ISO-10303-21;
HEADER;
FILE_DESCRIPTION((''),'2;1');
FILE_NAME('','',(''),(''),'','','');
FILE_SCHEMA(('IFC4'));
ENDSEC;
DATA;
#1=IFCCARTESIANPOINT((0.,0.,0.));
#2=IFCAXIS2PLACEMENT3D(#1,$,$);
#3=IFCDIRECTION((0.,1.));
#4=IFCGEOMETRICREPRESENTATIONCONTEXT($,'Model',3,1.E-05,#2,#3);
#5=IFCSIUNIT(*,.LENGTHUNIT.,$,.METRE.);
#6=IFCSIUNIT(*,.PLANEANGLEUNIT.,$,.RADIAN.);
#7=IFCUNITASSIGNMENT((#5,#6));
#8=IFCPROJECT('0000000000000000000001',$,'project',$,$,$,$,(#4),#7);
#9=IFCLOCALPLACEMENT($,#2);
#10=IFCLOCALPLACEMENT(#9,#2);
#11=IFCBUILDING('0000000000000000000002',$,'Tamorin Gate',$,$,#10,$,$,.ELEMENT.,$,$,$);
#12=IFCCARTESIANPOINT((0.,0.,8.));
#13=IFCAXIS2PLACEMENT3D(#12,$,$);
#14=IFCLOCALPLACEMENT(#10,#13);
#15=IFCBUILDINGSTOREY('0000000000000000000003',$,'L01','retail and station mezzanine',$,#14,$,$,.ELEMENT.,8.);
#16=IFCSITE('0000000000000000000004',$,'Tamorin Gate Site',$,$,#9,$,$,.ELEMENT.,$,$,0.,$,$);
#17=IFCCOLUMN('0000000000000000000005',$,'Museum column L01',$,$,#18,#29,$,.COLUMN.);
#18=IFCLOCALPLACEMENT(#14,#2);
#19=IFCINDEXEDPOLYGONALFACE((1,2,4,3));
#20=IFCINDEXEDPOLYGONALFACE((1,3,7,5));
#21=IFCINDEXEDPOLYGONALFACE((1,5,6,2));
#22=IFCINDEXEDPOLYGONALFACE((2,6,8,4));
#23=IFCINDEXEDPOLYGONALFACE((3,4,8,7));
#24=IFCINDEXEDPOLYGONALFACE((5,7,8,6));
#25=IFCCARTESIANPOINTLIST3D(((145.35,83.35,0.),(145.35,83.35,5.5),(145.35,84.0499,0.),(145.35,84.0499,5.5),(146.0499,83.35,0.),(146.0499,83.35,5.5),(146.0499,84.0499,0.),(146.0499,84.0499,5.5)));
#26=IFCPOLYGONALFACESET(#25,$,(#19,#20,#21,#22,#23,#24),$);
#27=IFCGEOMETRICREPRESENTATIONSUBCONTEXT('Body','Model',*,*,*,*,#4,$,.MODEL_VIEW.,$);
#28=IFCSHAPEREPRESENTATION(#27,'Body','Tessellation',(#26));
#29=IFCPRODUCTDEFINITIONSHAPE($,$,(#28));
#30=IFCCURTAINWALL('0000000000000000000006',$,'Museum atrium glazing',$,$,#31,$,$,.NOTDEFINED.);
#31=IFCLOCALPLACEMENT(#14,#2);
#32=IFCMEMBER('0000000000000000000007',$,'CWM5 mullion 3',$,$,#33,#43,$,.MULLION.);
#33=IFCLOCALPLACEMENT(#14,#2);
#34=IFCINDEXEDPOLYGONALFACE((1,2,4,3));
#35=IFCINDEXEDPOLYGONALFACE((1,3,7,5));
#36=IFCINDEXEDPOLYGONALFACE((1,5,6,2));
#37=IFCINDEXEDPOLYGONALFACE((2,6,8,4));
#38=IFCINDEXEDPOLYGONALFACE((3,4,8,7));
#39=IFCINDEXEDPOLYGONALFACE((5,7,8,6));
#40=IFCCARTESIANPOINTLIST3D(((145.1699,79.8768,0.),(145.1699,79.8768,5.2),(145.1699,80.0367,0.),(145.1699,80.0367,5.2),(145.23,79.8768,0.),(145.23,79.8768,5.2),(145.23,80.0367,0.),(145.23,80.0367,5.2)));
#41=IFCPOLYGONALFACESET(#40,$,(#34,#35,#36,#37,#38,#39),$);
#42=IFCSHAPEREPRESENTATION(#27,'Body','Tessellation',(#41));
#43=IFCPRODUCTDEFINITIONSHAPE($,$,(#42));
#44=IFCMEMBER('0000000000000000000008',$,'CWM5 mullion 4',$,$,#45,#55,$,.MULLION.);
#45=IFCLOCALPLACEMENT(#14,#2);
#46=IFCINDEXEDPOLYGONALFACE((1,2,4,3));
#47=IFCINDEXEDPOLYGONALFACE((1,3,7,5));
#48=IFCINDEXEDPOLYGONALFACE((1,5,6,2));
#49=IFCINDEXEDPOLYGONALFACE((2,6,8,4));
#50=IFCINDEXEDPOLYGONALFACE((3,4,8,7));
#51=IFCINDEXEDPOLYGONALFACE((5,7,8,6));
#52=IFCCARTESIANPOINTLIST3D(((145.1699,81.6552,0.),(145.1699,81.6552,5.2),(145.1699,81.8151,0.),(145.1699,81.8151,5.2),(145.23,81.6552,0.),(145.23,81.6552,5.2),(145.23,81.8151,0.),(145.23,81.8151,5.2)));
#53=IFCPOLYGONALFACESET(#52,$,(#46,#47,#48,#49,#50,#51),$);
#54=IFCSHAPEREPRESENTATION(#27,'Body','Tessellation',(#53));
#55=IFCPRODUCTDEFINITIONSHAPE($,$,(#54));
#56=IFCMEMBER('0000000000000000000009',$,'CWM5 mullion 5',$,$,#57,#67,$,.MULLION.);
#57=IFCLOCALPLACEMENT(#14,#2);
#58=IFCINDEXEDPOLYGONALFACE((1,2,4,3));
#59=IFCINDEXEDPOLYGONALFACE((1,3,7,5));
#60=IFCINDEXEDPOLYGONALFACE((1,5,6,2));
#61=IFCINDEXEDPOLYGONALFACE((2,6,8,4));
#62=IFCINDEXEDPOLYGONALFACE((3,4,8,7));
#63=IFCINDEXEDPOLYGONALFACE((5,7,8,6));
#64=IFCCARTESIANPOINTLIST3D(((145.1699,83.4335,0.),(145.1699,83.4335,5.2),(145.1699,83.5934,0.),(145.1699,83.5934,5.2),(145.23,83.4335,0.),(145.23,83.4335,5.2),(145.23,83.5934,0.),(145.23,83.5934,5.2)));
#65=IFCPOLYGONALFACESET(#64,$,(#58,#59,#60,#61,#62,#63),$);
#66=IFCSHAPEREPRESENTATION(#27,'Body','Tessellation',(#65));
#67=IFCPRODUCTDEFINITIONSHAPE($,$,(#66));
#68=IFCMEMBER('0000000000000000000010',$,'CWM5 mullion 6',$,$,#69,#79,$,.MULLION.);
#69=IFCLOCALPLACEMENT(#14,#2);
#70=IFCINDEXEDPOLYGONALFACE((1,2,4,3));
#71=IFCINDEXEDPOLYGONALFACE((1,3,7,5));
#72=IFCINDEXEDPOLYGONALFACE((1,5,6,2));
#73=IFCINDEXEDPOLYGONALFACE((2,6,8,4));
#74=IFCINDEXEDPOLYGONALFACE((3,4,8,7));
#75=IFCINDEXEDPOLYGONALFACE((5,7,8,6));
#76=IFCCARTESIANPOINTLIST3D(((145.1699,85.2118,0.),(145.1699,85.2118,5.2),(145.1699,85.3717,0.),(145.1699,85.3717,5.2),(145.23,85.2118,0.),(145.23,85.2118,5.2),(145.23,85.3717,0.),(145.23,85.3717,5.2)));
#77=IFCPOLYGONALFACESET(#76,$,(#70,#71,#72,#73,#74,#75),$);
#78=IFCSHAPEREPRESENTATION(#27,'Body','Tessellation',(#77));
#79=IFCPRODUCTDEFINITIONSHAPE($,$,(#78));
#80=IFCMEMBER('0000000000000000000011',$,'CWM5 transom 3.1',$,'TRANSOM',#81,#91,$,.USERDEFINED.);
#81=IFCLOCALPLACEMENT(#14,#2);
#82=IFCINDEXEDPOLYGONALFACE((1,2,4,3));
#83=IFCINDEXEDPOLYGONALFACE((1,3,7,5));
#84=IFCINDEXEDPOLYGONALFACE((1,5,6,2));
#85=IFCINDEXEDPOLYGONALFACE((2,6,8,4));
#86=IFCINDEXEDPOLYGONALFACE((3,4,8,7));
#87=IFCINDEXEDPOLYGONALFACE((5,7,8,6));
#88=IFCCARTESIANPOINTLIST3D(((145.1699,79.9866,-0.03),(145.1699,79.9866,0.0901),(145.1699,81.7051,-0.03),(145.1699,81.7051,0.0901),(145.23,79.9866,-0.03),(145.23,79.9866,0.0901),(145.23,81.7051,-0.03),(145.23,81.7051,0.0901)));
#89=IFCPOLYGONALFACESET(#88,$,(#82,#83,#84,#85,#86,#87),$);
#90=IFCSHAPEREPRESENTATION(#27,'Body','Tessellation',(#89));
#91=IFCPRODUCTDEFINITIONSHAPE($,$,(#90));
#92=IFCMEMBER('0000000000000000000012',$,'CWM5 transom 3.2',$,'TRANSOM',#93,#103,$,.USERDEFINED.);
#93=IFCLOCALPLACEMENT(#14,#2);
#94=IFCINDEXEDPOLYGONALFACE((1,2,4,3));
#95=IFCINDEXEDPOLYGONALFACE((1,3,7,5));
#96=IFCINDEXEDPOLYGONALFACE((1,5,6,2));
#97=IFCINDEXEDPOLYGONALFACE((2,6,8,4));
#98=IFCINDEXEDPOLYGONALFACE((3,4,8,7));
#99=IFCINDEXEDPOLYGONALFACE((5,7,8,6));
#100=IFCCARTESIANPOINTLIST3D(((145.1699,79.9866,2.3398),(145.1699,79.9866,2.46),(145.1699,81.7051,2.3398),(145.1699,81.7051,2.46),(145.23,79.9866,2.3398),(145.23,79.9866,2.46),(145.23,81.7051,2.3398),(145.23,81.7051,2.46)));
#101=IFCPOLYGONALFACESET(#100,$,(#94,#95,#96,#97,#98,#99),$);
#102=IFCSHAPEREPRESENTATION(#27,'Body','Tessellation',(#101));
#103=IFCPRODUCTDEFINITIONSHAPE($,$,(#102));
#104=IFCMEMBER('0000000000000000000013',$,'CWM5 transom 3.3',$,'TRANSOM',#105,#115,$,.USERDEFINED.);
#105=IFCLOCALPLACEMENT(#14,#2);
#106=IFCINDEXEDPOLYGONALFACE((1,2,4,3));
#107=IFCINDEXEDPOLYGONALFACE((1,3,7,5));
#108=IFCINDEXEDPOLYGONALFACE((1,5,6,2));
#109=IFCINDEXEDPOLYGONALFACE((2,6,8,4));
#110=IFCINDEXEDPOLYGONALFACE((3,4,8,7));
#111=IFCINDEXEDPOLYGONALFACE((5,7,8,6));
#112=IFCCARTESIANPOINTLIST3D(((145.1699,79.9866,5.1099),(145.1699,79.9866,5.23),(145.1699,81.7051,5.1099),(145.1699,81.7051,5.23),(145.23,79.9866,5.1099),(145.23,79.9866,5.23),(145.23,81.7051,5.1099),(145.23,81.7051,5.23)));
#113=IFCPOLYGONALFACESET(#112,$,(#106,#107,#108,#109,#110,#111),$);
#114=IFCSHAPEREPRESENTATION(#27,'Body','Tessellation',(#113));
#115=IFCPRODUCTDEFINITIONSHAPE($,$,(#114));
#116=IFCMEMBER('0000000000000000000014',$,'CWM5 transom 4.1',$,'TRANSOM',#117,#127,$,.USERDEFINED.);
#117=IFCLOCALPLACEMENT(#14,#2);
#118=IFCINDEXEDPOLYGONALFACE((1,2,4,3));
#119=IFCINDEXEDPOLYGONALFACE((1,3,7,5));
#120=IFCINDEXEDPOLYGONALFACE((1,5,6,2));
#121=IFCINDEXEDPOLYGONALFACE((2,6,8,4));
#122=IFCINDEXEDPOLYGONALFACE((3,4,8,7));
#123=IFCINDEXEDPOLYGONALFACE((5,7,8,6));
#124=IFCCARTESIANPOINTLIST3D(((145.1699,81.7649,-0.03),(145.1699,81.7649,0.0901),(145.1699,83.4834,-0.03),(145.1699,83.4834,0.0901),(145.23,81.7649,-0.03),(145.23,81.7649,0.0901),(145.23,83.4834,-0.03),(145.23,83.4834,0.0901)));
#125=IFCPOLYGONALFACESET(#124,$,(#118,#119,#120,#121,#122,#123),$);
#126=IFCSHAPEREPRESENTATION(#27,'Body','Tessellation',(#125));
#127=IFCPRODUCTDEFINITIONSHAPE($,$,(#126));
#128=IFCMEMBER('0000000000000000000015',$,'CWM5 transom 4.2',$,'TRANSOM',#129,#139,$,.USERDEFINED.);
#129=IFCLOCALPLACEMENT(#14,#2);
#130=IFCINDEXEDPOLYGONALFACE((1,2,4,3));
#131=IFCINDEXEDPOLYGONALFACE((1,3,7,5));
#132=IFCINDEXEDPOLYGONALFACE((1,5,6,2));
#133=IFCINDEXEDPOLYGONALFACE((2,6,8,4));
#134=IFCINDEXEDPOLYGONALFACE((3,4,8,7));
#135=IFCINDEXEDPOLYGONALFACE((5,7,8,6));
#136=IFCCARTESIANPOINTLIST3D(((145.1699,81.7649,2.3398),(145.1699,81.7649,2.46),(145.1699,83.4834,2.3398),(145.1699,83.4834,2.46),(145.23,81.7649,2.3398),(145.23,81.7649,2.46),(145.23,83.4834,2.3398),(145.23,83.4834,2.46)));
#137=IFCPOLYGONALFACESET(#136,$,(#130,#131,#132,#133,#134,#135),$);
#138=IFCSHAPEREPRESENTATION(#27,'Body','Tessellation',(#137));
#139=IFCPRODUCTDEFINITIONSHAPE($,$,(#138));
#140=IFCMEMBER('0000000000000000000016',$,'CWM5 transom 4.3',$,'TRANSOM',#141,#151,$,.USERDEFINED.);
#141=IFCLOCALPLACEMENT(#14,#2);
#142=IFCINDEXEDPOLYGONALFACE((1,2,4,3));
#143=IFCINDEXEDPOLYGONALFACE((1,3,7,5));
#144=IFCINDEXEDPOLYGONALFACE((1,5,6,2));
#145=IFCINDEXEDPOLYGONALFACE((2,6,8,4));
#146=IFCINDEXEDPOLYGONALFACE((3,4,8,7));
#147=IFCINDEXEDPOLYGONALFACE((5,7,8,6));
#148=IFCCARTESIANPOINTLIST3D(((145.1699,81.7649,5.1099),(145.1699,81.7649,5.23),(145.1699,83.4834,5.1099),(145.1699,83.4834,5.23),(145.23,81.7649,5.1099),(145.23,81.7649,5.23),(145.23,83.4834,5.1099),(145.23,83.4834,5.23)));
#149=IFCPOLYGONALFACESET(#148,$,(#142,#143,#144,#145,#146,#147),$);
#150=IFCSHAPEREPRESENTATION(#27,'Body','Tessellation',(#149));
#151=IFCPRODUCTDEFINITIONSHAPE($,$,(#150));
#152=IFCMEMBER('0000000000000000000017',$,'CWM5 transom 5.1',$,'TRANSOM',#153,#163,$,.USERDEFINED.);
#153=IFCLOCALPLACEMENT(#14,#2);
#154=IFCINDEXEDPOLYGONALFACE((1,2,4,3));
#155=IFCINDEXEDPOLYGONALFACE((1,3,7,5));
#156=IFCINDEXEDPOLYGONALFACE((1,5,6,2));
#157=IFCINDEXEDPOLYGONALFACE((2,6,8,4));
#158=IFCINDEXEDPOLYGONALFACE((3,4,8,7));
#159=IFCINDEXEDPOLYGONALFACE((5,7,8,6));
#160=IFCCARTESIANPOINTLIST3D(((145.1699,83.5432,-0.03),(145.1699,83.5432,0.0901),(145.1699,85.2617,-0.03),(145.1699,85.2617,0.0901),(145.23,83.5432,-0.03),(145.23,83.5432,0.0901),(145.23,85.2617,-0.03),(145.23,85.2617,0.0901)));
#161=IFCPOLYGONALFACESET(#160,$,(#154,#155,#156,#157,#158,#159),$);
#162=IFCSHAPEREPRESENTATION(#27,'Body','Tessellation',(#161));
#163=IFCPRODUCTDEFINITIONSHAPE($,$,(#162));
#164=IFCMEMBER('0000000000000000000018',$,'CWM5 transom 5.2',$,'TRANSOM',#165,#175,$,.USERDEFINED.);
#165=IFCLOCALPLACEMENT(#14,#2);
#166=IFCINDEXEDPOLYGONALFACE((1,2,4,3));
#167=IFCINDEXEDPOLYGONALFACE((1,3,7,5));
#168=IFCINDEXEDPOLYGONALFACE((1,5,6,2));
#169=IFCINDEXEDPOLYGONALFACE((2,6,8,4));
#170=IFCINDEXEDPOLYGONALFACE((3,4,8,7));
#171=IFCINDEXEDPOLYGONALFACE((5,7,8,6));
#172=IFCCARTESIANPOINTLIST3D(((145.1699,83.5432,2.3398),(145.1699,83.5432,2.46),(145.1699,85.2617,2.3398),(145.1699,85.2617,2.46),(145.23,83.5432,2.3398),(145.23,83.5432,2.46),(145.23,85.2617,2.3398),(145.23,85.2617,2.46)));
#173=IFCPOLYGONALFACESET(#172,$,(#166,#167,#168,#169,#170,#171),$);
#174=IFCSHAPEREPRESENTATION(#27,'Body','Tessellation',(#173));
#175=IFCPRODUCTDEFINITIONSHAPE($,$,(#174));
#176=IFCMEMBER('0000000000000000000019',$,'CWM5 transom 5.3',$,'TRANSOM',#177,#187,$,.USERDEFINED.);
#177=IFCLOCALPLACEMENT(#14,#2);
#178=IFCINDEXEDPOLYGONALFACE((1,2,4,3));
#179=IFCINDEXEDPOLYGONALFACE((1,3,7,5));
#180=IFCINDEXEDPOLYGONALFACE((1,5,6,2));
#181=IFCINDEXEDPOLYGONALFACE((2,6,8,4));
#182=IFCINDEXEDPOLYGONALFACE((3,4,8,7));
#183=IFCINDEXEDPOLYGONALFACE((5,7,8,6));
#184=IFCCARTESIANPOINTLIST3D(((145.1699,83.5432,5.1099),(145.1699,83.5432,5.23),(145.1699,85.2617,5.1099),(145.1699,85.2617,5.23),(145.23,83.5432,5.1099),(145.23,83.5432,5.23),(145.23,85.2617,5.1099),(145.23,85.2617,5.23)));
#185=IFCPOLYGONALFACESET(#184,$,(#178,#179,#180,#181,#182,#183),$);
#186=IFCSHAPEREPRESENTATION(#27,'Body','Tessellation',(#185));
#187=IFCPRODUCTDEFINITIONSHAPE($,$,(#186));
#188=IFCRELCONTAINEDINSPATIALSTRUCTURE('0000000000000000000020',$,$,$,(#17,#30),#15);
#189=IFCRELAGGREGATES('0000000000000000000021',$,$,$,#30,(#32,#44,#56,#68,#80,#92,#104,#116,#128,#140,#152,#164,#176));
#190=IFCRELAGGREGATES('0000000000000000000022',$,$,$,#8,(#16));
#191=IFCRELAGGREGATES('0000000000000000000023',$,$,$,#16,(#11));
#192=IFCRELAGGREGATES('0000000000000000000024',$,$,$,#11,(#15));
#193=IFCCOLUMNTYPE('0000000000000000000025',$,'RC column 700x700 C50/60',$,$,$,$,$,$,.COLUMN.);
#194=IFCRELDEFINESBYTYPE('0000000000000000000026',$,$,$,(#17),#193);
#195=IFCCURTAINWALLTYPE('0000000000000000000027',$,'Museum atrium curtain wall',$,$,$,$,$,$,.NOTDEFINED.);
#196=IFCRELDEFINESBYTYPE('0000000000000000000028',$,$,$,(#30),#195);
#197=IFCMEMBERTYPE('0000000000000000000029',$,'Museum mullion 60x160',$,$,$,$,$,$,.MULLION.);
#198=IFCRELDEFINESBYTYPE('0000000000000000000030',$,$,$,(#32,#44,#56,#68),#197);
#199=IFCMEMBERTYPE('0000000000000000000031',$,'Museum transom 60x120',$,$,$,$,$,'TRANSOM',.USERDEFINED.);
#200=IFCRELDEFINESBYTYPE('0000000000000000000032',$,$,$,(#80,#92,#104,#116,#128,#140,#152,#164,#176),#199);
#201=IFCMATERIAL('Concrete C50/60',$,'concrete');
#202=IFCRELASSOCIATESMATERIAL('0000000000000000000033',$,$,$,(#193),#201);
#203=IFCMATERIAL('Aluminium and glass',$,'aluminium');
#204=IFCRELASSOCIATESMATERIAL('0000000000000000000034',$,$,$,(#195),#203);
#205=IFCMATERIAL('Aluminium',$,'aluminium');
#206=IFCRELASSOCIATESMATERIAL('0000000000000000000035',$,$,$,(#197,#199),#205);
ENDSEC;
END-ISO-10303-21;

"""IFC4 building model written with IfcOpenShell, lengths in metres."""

from ifc_helpers import new_model, si_unit, direction, frame, origin, origin_2d, place, context, subcontext, project, spatial, rectangle, extrude, material, material_profile, profile_set, type_object, element, aggregate, save


model = new_model("IFC4")

# Units and contexts
model_context = context("Model", 3, precision=1e-05, world=origin(), true_north=direction((0.0, 1.0)))
body_context = subcontext(model_context, "Body", "Model", "MODEL_VIEW")
ifc_project = project(units=[si_unit("LENGTHUNIT", "METRE"), si_unit("PLANEANGLEUNIT", "RADIAN")], contexts=[model_context])

# Site, building, storey
site_placement = place(None, origin())
site = spatial("IfcSite", under=ifc_project, at=site_placement, Name="Tamorin Gate Site", CompositionType="ELEMENT", RefElevation=0.0)
building_placement = place(site_placement, origin())
building = spatial("IfcBuilding", under=site, at=building_placement, Name="Tamorin Gate", CompositionType="ELEMENT")
storey_placement = place(building_placement, frame((0.0, 0.0, 8.0)))
storey = spatial("IfcBuildingStorey", under=building, at=storey_placement, Name="L01", Description="retail and station mezzanine", CompositionType="ELEMENT", Elevation=8.0)

# Column
ifc_material_1 = material(Name="Concrete C50/60", Category="concrete")
ifc_material_profile_1 = material_profile(ifc_material_1, rectangle(XDim=0.7, YDim=0.7, at=origin_2d()), Name="RC 700x700")
ifc_profile_set_1 = profile_set([ifc_material_profile_1], Name="Concrete C50/60")
column_type = type_object("IfcColumnType", Name="RC column 700x700 C50/60", PredefinedType="COLUMN", material=ifc_profile_set_1)
column_placement = place(storey_placement, frame((145.7, 83.7, 0.0), z_axis=(0.0, 0.0, 1.0), x_axis=(1.0, 0.0, 0.0)))
element("IfcColumn", 1, at=column_placement, inside=storey, type_object=column_type, Name="Museum column L01", PredefinedType="COLUMN", context=body_context, shape_type="SweptSolid", body=[
    extrude(rectangle(XDim=0.7, YDim=0.7, at=origin_2d()), origin(), (0.0, 0.0, 1.0), 5.5),
])

# Curtain wall, members
ifc_material_2 = material(Name="Aluminium and glass", Category="aluminium")
curtain_wall_type = type_object("IfcCurtainWallType", Name="Museum atrium curtain wall", PredefinedType="NOTDEFINED", material=ifc_material_2)
curtain_wall_placement = place(storey_placement, origin())
curtain_wall = element("IfcCurtainWall", 2, at=curtain_wall_placement, inside=storey, type_object=curtain_wall_type, Name="Museum atrium glazing", PredefinedType="NOTDEFINED")
ifc_material_3 = material(Name="Aluminium", Category="aluminium")
ifc_material_profile_2 = material_profile(ifc_material_3, rectangle(XDim=0.0601, YDim=0.1599, at=origin_2d()), Name="RECT 60x160")
ifc_profile_set_2 = profile_set([ifc_material_profile_2], Name="Aluminium")
member_type_1 = type_object("IfcMemberType", Name="Museum mullion 60x160", PredefinedType="MULLION", material=ifc_profile_set_2)
member_1_placement = place(storey_placement, frame((145.2, 79.9568, 0.0), z_axis=(0.0, 0.0, 1.0), x_axis=(-1.0, 0.0, 0.0)))
member_1 = element("IfcMember", 3, at=member_1_placement, type_object=member_type_1, Name="CWM5 mullion 3", PredefinedType="MULLION", context=body_context, shape_type="SweptSolid", body=[
    extrude(rectangle(XDim=0.0601, YDim=0.1599, at=origin_2d()), origin(), (0.0, 0.0, 1.0), 5.2),
])
member_2_placement = place(storey_placement, frame((145.2, 81.7351, 0.0), z_axis=(0.0, 0.0, 1.0), x_axis=(-1.0, 0.0, 0.0)))
member_2 = element("IfcMember", 4, at=member_2_placement, type_object=member_type_1, Name="CWM5 mullion 4", PredefinedType="MULLION", context=body_context, shape_type="SweptSolid", body=[
    extrude(rectangle(XDim=0.0601, YDim=0.1599, at=origin_2d()), origin(), (0.0, 0.0, 1.0), 5.2),
])
member_3_placement = place(storey_placement, frame((145.2, 83.5134, 0.0), z_axis=(0.0, 0.0, 1.0), x_axis=(-1.0, 0.0, 0.0)))
member_3 = element("IfcMember", 5, at=member_3_placement, type_object=member_type_1, Name="CWM5 mullion 5", PredefinedType="MULLION", context=body_context, shape_type="SweptSolid", body=[
    extrude(rectangle(XDim=0.0601, YDim=0.1599, at=origin_2d()), origin(), (0.0, 0.0, 1.0), 5.2),
])
member_4_placement = place(storey_placement, frame((145.2, 85.2917, 0.0), z_axis=(0.0, 0.0, 1.0), x_axis=(-1.0, 0.0, 0.0)))
member_4 = element("IfcMember", 6, at=member_4_placement, type_object=member_type_1, Name="CWM5 mullion 6", PredefinedType="MULLION", context=body_context, shape_type="SweptSolid", body=[
    extrude(rectangle(XDim=0.0601, YDim=0.1599, at=origin_2d()), origin(), (0.0, 0.0, 1.0), 5.2),
])
ifc_material_profile_3 = material_profile(ifc_material_3, rectangle(XDim=0.0601, YDim=0.1201, at=origin_2d()), Name="RECT 60x120")
ifc_profile_set_3 = profile_set([ifc_material_profile_3], Name="Aluminium")
member_type_2 = type_object("IfcMemberType", Name="Museum transom 60x120", ElementType="TRANSOM", PredefinedType="USERDEFINED", material=ifc_profile_set_3)
member_5_placement = place(storey_placement, frame((145.2, 79.9866, 0.03), z_axis=(0.0, 1.0, 0.0), x_axis=(-1.0, 0.0, 0.0)))
member_5 = element("IfcMember", 7, at=member_5_placement, type_object=member_type_2, Name="CWM5 transom 3.1", ObjectType="TRANSOM", PredefinedType="USERDEFINED", context=body_context, shape_type="SweptSolid", body=[
    extrude(rectangle(XDim=0.0601, YDim=0.1201, at=origin_2d()), origin(), (0.0, 0.0, 1.0), 1.7185),
])
member_6_placement = place(storey_placement, frame((145.2, 79.9866, 2.3999), z_axis=(0.0, 1.0, 0.0), x_axis=(-1.0, 0.0, 0.0)))
member_6 = element("IfcMember", 8, at=member_6_placement, type_object=member_type_2, Name="CWM5 transom 3.2", ObjectType="TRANSOM", PredefinedType="USERDEFINED", context=body_context, shape_type="SweptSolid", body=[
    extrude(rectangle(XDim=0.0601, YDim=0.1201, at=origin_2d()), origin(), (0.0, 0.0, 1.0), 1.7185),
])
member_7_placement = place(storey_placement, frame((145.2, 79.9866, 5.1699), z_axis=(0.0, 1.0, 0.0), x_axis=(-1.0, 0.0, 0.0)))
member_7 = element("IfcMember", 9, at=member_7_placement, type_object=member_type_2, Name="CWM5 transom 3.3", ObjectType="TRANSOM", PredefinedType="USERDEFINED", context=body_context, shape_type="SweptSolid", body=[
    extrude(rectangle(XDim=0.0601, YDim=0.1201, at=origin_2d()), origin(), (0.0, 0.0, 1.0), 1.7185),
])
member_8_placement = place(storey_placement, frame((145.2, 81.7649, 0.03), z_axis=(0.0, 1.0, 0.0), x_axis=(-1.0, 0.0, 0.0)))
member_8 = element("IfcMember", 10, at=member_8_placement, type_object=member_type_2, Name="CWM5 transom 4.1", ObjectType="TRANSOM", PredefinedType="USERDEFINED", context=body_context, shape_type="SweptSolid", body=[
    extrude(rectangle(XDim=0.0601, YDim=0.1201, at=origin_2d()), origin(), (0.0, 0.0, 1.0), 1.7185),
])
member_9_placement = place(storey_placement, frame((145.2, 81.7649, 2.3999), z_axis=(0.0, 1.0, 0.0), x_axis=(-1.0, 0.0, 0.0)))
member_9 = element("IfcMember", 11, at=member_9_placement, type_object=member_type_2, Name="CWM5 transom 4.2", ObjectType="TRANSOM", PredefinedType="USERDEFINED", context=body_context, shape_type="SweptSolid", body=[
    extrude(rectangle(XDim=0.0601, YDim=0.1201, at=origin_2d()), origin(), (0.0, 0.0, 1.0), 1.7185),
])
member_10_placement = place(storey_placement, frame((145.2, 81.7649, 5.1699), z_axis=(0.0, 1.0, 0.0), x_axis=(-1.0, 0.0, 0.0)))
member_10 = element("IfcMember", 12, at=member_10_placement, type_object=member_type_2, Name="CWM5 transom 4.3", ObjectType="TRANSOM", PredefinedType="USERDEFINED", context=body_context, shape_type="SweptSolid", body=[
    extrude(rectangle(XDim=0.0601, YDim=0.1201, at=origin_2d()), origin(), (0.0, 0.0, 1.0), 1.7185),
])
member_11_placement = place(storey_placement, frame((145.2, 83.5432, 0.03), z_axis=(0.0, 1.0, 0.0), x_axis=(-1.0, 0.0, 0.0)))
member_11 = element("IfcMember", 13, at=member_11_placement, type_object=member_type_2, Name="CWM5 transom 5.1", ObjectType="TRANSOM", PredefinedType="USERDEFINED", context=body_context, shape_type="SweptSolid", body=[
    extrude(rectangle(XDim=0.0601, YDim=0.1201, at=origin_2d()), origin(), (0.0, 0.0, 1.0), 1.7185),
])
member_12_placement = place(storey_placement, frame((145.2, 83.5432, 2.3999), z_axis=(0.0, 1.0, 0.0), x_axis=(-1.0, 0.0, 0.0)))
member_12 = element("IfcMember", 14, at=member_12_placement, type_object=member_type_2, Name="CWM5 transom 5.2", ObjectType="TRANSOM", PredefinedType="USERDEFINED", context=body_context, shape_type="SweptSolid", body=[
    extrude(rectangle(XDim=0.0601, YDim=0.1201, at=origin_2d()), origin(), (0.0, 0.0, 1.0), 1.7185),
])
member_13_placement = place(storey_placement, frame((145.2, 83.5432, 5.1699), z_axis=(0.0, 1.0, 0.0), x_axis=(-1.0, 0.0, 0.0)))
member_13 = element("IfcMember", 15, at=member_13_placement, type_object=member_type_2, Name="CWM5 transom 5.3", ObjectType="TRANSOM", PredefinedType="USERDEFINED", context=body_context, shape_type="SweptSolid", body=[
    extrude(rectangle(XDim=0.0601, YDim=0.1201, at=origin_2d()), origin(), (0.0, 0.0, 1.0), 1.7185),
])

aggregate(curtain_wall, [member_1, member_2, member_3, member_4, member_5, member_6, member_7, member_8, member_9, member_10, member_11, member_12, member_13])

save(model, "model.ifc")
